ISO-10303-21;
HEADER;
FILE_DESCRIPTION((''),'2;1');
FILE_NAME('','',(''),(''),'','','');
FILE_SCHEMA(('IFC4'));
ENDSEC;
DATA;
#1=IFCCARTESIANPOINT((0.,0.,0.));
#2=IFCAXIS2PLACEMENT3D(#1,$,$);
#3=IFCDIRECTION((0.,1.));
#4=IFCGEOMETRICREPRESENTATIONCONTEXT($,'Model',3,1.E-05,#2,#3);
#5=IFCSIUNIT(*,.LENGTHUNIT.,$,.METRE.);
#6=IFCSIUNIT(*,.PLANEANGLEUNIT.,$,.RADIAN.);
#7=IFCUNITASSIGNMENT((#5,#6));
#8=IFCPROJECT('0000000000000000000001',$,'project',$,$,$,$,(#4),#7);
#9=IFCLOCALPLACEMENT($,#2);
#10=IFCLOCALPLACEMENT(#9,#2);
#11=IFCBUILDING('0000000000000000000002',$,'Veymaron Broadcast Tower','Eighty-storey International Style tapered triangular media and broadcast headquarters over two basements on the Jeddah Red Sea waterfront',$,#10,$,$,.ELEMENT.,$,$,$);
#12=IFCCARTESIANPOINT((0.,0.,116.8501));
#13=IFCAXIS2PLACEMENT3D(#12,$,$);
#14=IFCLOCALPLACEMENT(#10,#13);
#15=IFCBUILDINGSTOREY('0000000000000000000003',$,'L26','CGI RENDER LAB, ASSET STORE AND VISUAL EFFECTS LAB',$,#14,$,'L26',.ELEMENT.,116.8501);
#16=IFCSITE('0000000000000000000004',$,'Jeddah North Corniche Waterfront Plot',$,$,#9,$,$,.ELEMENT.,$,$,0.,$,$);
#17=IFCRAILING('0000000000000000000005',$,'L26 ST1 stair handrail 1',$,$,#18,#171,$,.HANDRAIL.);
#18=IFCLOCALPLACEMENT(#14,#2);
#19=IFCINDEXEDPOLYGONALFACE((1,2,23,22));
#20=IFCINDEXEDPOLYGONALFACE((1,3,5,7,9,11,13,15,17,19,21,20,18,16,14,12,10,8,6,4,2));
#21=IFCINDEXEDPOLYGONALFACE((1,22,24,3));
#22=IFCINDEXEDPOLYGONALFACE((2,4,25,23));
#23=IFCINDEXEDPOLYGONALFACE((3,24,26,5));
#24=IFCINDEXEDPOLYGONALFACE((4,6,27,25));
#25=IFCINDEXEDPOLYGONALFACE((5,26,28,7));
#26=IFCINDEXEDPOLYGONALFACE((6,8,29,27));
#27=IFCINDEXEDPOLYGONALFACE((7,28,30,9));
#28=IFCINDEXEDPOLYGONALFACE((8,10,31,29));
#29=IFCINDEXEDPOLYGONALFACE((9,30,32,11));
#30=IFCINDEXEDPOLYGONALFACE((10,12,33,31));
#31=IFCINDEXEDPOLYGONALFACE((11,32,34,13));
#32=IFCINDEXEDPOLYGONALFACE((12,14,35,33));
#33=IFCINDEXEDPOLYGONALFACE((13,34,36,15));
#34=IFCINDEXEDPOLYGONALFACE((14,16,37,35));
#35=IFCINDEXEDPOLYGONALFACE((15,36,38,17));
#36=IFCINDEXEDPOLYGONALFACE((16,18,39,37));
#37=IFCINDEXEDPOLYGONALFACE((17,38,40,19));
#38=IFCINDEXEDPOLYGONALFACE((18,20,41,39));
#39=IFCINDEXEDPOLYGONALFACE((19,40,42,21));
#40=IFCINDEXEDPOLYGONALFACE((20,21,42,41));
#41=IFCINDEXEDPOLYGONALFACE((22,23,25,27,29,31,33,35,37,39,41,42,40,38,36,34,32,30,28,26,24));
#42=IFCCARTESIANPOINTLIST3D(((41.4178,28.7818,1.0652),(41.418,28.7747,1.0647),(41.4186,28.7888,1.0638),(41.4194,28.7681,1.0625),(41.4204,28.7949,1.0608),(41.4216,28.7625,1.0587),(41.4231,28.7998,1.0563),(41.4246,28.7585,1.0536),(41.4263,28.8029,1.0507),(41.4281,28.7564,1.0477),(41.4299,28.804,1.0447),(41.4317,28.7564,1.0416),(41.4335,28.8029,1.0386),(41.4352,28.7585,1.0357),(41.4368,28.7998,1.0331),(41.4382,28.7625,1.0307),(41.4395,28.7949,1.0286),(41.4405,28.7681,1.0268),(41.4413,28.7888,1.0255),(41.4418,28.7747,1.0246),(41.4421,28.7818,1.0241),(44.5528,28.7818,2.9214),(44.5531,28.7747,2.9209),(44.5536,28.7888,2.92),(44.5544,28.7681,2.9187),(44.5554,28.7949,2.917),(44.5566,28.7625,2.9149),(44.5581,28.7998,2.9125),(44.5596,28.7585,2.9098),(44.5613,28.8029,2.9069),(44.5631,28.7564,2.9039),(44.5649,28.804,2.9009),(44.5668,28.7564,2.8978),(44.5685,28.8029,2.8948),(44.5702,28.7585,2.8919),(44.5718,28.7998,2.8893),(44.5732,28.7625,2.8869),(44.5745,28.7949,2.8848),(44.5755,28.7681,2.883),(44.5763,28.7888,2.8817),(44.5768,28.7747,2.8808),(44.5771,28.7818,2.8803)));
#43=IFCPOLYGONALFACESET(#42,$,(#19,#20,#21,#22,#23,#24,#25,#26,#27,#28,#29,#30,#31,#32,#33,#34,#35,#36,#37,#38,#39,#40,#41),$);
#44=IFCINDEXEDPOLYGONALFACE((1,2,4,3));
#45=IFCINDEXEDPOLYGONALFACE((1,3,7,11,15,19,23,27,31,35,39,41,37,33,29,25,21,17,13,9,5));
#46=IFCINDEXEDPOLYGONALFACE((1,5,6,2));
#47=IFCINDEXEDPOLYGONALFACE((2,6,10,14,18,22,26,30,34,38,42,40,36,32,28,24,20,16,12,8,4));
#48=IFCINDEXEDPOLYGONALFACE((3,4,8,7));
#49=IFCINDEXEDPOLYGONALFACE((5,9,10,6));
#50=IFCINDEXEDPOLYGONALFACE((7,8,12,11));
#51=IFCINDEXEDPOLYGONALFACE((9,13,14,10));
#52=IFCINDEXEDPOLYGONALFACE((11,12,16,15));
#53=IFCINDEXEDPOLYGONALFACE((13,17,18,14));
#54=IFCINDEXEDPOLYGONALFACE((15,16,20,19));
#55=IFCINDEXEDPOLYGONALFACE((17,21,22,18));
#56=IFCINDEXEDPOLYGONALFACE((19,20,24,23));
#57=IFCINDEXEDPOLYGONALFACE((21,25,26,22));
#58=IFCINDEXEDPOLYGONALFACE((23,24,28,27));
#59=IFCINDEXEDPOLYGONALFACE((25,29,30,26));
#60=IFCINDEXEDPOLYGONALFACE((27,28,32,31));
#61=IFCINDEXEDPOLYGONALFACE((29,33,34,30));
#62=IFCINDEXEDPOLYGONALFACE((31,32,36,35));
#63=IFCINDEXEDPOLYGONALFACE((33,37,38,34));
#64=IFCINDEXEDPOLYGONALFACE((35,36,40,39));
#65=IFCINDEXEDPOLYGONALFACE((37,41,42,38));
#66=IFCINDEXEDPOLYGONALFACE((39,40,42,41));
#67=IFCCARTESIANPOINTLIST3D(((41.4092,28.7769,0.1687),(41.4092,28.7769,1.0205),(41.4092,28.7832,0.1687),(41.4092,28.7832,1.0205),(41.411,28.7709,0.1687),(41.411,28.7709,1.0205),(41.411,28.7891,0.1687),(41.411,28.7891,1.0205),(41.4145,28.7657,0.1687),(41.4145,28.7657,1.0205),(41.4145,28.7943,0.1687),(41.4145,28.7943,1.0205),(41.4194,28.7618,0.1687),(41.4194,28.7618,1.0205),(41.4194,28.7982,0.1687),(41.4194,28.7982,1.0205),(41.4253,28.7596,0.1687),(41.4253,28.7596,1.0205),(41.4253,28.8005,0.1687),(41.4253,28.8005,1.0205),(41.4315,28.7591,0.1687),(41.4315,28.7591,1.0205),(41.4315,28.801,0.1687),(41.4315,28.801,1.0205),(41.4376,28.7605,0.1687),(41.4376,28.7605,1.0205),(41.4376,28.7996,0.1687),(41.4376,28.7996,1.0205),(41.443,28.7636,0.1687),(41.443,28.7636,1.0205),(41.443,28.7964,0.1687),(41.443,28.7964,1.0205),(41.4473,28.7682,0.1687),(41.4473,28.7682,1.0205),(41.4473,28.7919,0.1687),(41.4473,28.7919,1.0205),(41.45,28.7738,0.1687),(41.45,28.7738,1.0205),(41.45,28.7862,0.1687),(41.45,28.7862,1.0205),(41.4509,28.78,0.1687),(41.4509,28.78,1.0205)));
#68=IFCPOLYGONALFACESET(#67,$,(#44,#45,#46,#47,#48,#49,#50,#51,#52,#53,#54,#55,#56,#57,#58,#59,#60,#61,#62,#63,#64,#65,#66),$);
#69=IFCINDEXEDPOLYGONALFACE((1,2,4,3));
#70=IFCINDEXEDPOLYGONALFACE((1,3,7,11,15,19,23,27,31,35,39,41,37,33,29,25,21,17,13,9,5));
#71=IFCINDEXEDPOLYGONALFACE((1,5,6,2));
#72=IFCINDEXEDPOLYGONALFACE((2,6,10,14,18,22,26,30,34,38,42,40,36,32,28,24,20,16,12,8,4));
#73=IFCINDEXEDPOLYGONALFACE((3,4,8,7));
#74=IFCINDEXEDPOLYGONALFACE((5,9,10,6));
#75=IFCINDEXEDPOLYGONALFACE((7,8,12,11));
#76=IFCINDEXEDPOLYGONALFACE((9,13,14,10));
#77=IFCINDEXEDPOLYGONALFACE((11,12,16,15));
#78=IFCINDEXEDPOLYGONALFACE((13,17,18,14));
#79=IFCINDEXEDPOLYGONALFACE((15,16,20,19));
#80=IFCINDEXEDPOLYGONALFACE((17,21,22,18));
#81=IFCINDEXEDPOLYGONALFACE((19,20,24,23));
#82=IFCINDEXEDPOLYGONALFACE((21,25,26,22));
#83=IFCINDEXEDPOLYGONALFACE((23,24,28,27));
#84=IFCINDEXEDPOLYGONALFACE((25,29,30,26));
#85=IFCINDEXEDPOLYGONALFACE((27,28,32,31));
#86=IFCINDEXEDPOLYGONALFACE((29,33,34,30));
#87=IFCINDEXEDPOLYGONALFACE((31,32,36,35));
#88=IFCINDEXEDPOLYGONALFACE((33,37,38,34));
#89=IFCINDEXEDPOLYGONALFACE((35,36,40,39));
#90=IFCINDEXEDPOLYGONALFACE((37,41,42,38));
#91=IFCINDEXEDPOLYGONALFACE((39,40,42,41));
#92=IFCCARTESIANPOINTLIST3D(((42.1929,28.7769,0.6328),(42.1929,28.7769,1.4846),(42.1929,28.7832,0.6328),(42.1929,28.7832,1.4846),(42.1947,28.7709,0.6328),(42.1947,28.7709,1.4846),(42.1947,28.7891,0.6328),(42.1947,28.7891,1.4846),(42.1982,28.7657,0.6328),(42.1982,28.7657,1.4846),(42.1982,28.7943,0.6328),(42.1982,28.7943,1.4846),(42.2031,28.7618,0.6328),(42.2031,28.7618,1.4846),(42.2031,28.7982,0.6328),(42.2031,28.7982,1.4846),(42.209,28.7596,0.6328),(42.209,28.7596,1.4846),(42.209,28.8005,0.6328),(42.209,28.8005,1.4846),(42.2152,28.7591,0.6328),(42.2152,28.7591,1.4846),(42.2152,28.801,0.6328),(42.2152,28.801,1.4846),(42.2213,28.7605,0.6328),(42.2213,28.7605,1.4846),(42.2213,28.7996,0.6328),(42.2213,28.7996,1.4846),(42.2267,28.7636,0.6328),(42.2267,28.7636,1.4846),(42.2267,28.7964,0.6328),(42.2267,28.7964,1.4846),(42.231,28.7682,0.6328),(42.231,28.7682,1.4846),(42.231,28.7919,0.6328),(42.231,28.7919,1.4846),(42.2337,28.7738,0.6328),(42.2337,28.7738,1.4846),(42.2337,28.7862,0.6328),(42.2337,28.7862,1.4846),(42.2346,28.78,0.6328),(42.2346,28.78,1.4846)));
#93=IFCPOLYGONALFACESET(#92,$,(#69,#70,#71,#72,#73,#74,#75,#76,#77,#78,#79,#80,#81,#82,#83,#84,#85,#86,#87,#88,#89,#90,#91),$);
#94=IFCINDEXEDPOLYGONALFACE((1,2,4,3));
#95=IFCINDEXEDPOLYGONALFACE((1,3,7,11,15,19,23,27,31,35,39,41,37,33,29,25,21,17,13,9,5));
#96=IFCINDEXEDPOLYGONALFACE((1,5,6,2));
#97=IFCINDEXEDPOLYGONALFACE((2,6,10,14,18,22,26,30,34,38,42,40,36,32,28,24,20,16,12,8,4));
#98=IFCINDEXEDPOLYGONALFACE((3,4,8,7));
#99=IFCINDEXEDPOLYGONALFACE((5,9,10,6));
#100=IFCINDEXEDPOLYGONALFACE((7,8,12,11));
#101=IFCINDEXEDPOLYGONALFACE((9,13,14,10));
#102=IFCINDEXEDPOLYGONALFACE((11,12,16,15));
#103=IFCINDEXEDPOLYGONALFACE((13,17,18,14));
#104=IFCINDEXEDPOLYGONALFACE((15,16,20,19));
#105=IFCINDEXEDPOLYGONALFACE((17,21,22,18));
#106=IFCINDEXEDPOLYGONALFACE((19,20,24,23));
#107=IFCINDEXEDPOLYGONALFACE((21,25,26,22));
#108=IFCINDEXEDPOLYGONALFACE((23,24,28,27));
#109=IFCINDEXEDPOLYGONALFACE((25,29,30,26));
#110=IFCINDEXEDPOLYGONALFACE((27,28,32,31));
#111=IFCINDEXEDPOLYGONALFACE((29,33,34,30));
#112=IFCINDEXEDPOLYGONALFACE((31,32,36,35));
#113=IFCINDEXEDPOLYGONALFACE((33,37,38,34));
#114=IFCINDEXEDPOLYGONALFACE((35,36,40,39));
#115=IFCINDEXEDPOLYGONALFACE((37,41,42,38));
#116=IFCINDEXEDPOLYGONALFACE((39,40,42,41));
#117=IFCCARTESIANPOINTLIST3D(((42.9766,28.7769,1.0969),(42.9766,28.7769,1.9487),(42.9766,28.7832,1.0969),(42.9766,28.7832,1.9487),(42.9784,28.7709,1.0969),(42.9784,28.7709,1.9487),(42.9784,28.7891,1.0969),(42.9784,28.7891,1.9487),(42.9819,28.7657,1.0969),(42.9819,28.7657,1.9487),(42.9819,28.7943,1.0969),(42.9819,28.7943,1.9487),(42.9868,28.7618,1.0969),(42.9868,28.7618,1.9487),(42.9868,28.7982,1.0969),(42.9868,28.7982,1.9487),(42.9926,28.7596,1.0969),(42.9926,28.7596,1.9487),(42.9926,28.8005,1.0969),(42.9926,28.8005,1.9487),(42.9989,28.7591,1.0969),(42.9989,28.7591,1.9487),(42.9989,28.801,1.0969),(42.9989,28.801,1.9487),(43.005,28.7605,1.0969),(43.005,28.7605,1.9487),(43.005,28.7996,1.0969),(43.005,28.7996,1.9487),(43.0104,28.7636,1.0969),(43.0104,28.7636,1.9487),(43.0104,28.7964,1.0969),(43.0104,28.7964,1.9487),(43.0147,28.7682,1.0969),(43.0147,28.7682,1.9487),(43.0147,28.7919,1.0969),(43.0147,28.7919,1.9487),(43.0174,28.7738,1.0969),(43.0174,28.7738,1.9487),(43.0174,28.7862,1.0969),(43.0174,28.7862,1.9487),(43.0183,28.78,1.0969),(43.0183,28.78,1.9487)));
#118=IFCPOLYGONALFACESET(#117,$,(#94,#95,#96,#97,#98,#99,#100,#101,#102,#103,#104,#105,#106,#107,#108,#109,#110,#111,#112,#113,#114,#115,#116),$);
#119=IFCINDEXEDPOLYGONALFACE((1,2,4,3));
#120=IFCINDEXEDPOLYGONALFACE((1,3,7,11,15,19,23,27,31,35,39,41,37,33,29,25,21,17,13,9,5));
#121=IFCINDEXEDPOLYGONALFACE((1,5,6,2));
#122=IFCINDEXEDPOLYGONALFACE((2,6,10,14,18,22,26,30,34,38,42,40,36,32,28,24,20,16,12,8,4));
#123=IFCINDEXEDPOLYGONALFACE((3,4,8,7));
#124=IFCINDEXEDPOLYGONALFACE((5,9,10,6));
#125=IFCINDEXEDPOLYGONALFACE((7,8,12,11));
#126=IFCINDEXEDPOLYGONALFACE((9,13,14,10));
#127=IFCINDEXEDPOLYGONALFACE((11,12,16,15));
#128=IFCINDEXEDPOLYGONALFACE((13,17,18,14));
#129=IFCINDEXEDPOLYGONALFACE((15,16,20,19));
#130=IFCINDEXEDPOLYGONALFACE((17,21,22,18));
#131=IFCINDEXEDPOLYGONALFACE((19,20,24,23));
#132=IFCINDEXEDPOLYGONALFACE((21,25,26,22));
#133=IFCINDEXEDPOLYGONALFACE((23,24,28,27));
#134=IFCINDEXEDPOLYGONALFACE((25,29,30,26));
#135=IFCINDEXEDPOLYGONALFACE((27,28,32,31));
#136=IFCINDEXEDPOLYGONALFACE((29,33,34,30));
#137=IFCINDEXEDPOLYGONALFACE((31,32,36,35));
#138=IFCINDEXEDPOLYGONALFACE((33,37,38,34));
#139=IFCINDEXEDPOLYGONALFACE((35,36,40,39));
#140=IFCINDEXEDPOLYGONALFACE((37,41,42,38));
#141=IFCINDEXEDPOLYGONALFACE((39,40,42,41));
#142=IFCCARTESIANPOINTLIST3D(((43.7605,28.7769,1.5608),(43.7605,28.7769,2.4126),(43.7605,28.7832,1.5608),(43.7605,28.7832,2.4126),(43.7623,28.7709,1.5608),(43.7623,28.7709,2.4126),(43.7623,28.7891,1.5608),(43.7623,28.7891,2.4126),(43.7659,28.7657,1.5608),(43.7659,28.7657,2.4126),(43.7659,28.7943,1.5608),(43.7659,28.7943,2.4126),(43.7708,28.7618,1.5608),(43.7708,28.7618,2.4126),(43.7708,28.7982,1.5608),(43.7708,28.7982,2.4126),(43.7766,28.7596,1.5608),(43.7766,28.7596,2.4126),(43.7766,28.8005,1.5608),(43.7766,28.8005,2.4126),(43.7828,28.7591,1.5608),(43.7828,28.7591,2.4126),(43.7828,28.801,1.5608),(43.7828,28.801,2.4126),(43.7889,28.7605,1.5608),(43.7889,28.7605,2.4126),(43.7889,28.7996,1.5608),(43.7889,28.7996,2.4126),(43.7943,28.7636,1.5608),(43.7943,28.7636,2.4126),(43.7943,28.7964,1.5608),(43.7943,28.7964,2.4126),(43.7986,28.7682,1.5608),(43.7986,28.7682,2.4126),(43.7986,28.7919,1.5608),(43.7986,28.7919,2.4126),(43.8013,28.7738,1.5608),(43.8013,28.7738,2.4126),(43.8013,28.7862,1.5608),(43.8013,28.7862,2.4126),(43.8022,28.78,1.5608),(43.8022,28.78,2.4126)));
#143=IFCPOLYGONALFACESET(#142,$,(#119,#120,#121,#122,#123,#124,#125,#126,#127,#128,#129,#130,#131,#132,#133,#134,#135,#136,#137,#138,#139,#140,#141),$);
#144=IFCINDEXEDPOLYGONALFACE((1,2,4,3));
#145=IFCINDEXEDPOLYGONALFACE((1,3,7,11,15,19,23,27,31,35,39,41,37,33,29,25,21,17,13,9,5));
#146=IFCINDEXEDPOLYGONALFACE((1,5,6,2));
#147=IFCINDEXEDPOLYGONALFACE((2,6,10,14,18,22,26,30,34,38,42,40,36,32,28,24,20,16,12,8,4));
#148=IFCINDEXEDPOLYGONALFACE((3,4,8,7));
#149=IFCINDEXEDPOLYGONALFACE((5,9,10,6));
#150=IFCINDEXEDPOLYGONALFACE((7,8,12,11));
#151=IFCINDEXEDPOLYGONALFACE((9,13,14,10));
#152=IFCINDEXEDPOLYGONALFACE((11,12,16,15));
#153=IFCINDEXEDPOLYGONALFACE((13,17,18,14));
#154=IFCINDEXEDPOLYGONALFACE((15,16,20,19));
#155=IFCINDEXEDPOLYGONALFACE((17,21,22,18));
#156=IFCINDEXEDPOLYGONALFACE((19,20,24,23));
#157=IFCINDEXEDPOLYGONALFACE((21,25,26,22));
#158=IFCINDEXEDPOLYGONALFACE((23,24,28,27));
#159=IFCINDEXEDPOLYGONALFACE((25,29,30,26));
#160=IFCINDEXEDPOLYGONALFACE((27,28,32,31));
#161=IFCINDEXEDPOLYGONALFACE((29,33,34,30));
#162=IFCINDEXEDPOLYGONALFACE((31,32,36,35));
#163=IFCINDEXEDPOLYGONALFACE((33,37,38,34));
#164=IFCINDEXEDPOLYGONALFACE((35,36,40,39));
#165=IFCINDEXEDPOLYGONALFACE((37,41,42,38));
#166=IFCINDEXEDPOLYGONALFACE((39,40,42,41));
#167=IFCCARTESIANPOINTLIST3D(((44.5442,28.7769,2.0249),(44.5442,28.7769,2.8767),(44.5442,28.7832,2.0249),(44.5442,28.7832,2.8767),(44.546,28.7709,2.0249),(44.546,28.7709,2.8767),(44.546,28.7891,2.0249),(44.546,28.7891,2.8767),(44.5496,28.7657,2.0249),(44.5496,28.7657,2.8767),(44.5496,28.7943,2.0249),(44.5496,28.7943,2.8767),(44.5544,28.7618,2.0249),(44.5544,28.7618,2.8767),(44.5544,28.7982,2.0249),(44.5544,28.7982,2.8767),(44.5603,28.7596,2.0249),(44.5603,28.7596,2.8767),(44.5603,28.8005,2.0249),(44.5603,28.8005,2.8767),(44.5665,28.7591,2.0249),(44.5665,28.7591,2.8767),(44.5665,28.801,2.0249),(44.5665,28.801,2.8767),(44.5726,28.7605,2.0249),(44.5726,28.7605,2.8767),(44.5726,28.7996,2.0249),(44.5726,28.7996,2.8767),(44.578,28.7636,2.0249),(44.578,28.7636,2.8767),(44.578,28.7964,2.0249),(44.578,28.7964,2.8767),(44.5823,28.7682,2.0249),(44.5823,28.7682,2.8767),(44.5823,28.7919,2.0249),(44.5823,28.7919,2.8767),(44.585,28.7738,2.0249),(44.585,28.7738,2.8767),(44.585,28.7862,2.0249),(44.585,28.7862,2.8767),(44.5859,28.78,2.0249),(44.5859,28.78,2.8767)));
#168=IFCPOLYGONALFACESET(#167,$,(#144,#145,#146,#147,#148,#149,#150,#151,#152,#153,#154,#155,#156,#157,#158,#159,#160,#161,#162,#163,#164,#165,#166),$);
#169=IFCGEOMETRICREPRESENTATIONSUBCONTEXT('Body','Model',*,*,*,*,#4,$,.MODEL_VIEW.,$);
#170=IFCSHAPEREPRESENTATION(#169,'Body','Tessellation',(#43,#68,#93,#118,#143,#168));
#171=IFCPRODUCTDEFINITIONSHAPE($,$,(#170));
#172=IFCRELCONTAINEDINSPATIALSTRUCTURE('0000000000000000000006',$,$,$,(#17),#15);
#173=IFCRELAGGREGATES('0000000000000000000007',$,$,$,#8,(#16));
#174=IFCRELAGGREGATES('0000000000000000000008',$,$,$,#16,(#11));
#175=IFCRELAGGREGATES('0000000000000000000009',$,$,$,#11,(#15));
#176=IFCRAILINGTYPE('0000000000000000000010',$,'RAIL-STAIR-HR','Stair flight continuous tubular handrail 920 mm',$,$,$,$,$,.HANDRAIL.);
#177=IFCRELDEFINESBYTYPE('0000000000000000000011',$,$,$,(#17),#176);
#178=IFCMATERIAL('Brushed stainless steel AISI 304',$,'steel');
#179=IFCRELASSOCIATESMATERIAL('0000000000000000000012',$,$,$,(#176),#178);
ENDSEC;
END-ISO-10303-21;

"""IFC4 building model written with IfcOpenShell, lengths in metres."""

from ifc_helpers import new_model, si_unit, direction, frame, origin, origin_2d, place, context, subcontext, project, spatial, circle, extrude, material, type_object, element, save


model = new_model("IFC4")

# Units and contexts
model_context = context("Model", 3, precision=1e-05, world=origin(), true_north=direction((0.0, 1.0)))
body_context = subcontext(model_context, "Body", "Model", "MODEL_VIEW")
ifc_project = project(units=[si_unit("LENGTHUNIT", "METRE"), si_unit("PLANEANGLEUNIT", "RADIAN")], contexts=[model_context])

# Site, building, storey
site_placement = place(None, origin())
site = spatial("IfcSite", under=ifc_project, at=site_placement, Name="Jeddah North Corniche Waterfront Plot", CompositionType="ELEMENT", RefElevation=0.0)
building_placement = place(site_placement, origin())
building = spatial("IfcBuilding", under=site, at=building_placement, Name="Veymaron Broadcast Tower", Description="Eighty-storey International Style tapered triangular media and broadcast headquarters over two basements on the Jeddah Red Sea waterfront", CompositionType="ELEMENT")
storey_placement = place(building_placement, frame((0.0, 0.0, 116.8501)))
storey = spatial("IfcBuildingStorey", under=building, at=storey_placement, Name="L26", Description="CGI RENDER LAB, ASSET STORE AND VISUAL EFFECTS LAB", LongName="L26", CompositionType="ELEMENT", Elevation=116.8501)

# Shared definitions
ifc_material_1 = material(Name="Brushed stainless steel AISI 304", Category="steel")

# Railing
railing_type_1 = type_object("IfcRailingType", Name="RAIL-STAIR-HR", Description="Stair flight continuous tubular handrail 920 mm", PredefinedType="HANDRAIL", material=ifc_material_1)
railing_1_placement = place(storey_placement, frame((41.4299, 28.78, 0.1687)))
element("IfcRailing", 1, at=railing_1_placement, inside=storey, type_object=railing_type_1, Name="L26 ST1 stair handrail 1", PredefinedType="HANDRAIL", context=body_context, shape_type="SweptSolid", body=[
    extrude(circle(Radius=0.0239, at=origin_2d()), frame((0.0, 0.0, 0.876), z_axis=(0.860482, 0.0, 0.509481), x_axis=(0.0, 1.0, 0.0)), (0.0, 0.0, 1.0), 3.6433),
    extrude(circle(Radius=0.021, at=origin_2d()), origin(), (0.0, 0.0, 1.0), 0.8518),
    extrude(circle(Radius=0.021, at=origin_2d()), frame((0.7837, 0.0, 0.4641)), (0.0, 0.0, 1.0), 0.8518),
    extrude(circle(Radius=0.021, at=origin_2d()), frame((1.5674, 0.0, 0.9282)), (0.0, 0.0, 1.0), 0.8518),
    extrude(circle(Radius=0.021, at=origin_2d()), frame((2.3513, 0.0, 1.3921)), (0.0, 0.0, 1.0), 0.8518),
    extrude(circle(Radius=0.021, at=origin_2d()), frame((3.135, 0.0, 1.8562)), (0.0, 0.0, 1.0), 0.8518),
])

save(model, "model.ifc")
